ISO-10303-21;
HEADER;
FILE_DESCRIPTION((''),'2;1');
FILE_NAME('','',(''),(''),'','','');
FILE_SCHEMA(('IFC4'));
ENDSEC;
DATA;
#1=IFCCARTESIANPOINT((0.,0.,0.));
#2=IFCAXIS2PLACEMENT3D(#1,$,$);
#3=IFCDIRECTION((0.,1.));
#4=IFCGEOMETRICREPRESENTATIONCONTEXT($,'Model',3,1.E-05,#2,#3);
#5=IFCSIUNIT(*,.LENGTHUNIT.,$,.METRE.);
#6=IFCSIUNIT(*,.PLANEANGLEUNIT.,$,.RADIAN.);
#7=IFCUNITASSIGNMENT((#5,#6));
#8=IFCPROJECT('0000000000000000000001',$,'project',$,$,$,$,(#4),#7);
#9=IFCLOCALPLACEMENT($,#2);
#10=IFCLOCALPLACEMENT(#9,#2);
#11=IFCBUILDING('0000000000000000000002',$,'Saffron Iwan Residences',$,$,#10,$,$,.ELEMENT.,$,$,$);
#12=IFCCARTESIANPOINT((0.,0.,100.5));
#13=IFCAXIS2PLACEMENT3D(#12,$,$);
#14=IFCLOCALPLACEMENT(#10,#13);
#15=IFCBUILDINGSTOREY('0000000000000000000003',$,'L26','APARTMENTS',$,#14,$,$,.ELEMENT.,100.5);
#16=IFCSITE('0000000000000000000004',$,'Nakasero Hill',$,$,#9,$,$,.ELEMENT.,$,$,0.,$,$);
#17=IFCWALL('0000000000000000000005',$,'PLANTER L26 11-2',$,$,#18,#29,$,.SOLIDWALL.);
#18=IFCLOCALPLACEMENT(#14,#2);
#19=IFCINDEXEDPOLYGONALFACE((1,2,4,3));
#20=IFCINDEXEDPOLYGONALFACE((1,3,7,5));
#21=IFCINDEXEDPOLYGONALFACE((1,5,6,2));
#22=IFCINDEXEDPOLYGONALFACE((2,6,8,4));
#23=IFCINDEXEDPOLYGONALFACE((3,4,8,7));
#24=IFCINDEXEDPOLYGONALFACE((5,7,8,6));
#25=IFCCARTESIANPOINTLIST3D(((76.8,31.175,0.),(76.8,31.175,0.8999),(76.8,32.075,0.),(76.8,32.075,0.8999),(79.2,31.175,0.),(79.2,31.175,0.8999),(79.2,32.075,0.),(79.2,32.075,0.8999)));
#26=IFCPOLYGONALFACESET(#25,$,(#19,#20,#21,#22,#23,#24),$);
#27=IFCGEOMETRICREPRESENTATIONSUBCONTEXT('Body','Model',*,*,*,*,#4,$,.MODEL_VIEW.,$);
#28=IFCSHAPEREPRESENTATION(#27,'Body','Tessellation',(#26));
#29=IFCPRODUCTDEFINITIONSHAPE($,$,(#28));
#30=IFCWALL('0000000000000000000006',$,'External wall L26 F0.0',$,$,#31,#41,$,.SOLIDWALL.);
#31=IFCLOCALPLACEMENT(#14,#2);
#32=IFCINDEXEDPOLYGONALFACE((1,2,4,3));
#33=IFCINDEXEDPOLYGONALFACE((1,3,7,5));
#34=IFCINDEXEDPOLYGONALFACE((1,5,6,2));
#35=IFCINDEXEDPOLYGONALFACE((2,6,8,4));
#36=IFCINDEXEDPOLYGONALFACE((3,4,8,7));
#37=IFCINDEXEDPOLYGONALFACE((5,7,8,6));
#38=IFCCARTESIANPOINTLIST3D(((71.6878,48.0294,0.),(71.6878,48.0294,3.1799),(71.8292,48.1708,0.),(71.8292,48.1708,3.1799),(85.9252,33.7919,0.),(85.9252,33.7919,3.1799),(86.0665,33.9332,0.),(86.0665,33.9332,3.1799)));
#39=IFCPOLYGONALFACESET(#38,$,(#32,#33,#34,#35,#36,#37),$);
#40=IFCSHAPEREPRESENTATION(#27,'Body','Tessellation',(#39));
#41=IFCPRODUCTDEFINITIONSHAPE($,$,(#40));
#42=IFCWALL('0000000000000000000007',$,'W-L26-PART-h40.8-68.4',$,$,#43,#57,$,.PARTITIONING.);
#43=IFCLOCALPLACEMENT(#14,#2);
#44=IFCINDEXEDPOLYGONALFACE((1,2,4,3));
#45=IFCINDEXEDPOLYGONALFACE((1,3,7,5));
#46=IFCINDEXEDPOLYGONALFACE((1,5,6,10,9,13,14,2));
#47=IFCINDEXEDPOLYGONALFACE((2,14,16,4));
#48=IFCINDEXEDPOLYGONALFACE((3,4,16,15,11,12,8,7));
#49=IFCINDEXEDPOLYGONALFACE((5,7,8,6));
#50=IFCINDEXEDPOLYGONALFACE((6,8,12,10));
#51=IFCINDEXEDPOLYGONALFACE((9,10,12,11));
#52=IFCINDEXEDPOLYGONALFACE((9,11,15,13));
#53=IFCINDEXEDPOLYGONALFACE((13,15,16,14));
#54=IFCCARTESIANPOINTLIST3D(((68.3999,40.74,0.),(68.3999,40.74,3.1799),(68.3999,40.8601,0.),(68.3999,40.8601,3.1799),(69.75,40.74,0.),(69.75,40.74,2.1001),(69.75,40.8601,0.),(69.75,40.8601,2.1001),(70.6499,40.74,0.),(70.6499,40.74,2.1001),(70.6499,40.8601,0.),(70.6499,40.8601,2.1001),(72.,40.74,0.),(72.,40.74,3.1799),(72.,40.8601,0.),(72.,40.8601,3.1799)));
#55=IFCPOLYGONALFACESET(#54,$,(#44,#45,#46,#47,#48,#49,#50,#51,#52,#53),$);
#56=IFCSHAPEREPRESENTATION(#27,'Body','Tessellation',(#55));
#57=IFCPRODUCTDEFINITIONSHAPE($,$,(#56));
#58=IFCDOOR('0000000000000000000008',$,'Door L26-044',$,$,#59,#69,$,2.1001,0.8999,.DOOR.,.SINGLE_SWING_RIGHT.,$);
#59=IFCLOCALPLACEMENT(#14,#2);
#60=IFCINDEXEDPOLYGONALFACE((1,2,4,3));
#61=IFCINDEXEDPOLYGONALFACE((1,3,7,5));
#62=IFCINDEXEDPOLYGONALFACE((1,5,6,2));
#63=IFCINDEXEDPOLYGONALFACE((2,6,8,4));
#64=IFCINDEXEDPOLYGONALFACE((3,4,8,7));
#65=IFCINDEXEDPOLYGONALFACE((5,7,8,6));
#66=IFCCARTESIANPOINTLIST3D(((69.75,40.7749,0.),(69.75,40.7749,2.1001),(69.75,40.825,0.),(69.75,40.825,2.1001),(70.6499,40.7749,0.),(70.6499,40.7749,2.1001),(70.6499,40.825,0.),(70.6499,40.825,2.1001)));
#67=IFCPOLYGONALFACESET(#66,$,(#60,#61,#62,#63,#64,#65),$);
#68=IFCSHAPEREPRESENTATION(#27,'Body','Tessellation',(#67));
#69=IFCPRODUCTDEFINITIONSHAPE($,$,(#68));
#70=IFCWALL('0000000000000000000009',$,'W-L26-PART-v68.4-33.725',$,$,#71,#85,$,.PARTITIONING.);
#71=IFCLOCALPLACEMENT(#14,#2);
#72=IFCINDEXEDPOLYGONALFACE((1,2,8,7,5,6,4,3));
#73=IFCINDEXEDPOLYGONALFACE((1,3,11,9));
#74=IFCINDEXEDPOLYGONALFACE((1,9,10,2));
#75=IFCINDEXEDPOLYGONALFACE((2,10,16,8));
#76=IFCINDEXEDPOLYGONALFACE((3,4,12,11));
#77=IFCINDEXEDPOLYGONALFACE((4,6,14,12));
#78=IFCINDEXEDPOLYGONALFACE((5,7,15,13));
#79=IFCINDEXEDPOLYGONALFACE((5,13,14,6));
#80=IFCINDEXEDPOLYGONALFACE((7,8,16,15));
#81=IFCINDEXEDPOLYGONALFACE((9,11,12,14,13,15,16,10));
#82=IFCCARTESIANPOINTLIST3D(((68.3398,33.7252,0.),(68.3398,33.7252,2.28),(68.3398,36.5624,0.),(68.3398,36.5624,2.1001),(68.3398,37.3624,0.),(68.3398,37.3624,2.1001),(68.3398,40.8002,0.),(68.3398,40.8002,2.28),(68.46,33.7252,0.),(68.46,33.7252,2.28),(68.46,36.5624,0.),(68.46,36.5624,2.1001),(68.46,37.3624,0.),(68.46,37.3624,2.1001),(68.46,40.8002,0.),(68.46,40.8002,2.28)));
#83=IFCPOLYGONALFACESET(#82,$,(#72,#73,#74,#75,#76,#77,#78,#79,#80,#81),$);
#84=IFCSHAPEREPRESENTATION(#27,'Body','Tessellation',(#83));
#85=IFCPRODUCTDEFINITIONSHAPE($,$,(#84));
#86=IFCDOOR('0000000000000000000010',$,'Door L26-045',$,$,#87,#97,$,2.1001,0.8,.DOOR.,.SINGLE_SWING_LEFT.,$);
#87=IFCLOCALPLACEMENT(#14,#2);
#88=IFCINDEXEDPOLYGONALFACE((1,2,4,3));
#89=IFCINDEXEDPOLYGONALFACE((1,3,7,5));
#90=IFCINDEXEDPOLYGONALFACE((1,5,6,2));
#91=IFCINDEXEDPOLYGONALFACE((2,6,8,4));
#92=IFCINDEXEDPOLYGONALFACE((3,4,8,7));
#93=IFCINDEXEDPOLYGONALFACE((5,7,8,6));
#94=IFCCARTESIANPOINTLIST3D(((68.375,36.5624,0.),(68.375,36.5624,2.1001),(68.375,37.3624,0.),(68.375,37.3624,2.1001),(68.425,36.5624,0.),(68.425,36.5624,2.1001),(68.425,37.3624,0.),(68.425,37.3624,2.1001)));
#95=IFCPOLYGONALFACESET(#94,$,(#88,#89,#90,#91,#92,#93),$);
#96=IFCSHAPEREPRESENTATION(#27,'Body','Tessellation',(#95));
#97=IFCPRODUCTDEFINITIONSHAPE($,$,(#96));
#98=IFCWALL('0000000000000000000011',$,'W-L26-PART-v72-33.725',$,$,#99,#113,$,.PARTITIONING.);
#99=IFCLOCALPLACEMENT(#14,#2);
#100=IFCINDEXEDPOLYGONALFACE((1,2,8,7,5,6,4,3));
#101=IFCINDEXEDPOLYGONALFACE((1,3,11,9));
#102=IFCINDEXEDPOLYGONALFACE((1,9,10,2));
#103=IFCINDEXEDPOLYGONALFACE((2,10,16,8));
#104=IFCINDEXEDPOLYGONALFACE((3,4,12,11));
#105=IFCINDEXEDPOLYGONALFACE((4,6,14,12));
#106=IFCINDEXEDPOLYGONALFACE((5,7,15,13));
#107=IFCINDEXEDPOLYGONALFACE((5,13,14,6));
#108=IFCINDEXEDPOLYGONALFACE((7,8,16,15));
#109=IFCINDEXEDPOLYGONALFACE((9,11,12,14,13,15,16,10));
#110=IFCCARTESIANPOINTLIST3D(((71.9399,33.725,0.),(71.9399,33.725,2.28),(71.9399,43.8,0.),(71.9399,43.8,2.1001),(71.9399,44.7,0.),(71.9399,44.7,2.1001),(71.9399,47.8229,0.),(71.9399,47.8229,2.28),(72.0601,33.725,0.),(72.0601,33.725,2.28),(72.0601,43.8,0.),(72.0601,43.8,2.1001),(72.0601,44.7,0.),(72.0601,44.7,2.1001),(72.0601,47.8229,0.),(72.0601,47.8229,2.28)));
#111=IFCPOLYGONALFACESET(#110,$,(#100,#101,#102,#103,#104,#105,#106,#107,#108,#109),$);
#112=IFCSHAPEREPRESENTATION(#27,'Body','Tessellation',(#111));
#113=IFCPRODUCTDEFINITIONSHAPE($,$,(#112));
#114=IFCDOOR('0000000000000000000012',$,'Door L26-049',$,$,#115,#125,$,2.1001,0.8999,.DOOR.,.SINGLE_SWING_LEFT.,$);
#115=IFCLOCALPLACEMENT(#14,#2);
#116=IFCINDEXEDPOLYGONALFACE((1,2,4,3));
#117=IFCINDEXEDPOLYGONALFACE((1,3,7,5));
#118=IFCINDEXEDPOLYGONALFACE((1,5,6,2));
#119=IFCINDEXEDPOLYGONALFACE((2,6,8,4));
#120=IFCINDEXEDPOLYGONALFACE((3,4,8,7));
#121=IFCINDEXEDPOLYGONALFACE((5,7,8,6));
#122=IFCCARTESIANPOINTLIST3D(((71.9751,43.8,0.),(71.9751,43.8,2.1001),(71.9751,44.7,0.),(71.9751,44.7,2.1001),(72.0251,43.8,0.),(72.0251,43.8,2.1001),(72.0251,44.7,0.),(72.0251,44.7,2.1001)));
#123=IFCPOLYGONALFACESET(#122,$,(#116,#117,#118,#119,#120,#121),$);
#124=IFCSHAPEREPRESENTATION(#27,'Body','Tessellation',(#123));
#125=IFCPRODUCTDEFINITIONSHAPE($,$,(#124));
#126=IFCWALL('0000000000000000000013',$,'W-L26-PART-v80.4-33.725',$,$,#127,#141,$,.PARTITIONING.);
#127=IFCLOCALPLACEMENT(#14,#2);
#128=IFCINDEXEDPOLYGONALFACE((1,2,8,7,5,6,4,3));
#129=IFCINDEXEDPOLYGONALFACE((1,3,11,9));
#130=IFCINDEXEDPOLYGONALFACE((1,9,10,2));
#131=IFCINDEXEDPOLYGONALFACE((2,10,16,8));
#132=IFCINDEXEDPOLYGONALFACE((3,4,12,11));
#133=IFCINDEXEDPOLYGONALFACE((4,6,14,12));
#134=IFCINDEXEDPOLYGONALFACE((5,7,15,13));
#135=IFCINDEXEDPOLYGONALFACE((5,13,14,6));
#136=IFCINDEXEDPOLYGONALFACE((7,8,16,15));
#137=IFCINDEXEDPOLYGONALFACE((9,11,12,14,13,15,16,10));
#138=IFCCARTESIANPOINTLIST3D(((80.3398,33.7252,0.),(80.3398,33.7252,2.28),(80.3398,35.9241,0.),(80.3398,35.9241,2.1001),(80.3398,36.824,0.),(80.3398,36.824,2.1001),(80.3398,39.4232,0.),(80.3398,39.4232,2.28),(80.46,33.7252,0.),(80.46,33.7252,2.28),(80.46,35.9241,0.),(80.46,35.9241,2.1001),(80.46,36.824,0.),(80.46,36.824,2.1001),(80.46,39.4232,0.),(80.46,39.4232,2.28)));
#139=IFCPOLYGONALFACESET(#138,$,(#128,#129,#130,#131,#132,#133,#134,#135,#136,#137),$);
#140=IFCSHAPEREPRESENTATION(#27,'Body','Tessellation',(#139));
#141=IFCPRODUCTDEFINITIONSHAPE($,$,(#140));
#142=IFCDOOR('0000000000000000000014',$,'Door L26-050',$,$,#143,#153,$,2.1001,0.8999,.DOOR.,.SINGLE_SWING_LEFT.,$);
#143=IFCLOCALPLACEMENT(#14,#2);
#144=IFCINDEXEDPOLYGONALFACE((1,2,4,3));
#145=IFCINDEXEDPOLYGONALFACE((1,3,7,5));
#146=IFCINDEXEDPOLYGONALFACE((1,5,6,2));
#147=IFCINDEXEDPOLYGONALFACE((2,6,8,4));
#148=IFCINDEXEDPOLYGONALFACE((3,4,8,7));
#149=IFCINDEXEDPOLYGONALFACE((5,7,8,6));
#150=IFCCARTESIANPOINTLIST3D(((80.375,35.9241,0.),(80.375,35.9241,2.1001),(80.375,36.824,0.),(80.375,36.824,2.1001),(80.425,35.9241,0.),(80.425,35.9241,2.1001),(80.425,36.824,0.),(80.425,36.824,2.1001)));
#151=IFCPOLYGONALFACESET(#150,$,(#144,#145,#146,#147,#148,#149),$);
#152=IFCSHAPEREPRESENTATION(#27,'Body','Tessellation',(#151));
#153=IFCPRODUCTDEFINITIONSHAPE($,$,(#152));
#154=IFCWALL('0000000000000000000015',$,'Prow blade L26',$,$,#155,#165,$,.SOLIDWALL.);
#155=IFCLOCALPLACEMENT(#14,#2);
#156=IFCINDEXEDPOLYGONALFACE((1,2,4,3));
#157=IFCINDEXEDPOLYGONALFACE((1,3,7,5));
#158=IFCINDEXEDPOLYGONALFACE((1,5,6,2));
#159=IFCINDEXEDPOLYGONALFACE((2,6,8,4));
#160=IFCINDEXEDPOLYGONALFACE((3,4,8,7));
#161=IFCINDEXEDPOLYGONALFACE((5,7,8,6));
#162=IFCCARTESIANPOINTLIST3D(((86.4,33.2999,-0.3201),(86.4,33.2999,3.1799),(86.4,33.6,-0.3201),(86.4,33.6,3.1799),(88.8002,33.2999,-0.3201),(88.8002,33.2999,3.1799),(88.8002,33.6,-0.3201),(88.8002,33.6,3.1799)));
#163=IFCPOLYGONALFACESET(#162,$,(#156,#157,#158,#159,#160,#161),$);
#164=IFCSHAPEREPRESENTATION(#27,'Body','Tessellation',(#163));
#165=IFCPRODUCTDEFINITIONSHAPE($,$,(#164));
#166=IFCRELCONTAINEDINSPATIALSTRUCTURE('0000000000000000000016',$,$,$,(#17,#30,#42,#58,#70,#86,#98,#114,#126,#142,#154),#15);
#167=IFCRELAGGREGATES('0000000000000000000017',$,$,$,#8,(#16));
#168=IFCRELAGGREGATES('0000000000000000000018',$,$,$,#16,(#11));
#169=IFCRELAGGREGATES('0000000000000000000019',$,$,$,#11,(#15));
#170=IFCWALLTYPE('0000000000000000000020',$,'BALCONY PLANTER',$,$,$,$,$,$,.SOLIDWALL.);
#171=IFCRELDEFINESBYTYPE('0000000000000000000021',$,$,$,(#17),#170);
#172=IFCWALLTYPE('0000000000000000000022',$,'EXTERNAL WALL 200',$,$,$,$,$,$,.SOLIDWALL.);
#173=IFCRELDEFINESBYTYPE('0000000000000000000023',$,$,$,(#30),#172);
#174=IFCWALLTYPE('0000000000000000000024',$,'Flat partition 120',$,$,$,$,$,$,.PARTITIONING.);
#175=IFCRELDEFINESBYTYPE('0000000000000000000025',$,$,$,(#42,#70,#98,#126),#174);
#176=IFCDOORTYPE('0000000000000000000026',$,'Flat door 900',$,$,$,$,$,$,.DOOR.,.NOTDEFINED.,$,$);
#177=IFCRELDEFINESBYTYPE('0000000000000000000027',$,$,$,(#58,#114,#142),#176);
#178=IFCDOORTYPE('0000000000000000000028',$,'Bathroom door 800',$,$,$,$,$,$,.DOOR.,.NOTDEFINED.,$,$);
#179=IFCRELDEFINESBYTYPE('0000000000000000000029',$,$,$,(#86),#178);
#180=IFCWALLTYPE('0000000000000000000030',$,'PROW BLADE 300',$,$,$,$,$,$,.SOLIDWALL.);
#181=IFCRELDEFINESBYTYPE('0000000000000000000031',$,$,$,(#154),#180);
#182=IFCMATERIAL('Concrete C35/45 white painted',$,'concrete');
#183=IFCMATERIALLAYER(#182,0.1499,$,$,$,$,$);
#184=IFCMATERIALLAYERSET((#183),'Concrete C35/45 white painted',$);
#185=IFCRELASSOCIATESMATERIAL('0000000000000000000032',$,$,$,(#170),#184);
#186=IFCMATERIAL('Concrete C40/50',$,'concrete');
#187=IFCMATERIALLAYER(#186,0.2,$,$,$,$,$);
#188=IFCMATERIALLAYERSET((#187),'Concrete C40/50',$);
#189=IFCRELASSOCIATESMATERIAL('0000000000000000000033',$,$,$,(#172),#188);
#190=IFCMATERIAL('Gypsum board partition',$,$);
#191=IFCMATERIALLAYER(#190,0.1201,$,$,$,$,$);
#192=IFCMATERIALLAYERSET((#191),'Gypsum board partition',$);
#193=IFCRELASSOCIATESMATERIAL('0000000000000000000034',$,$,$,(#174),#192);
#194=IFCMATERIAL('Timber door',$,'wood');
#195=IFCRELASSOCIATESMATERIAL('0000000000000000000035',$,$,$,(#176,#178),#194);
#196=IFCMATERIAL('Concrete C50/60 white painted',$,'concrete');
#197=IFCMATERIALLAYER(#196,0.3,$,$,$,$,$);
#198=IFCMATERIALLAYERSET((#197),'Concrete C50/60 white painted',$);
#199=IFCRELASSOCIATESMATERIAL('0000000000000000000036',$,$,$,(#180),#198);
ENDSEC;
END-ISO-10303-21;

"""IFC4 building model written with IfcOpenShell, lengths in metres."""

from ifc_helpers import new_model, si_unit, direction, frame, frame_2d, origin, place, context, subcontext, project, spatial, rectangle, extrude, material, layer, layer_set, type_object, element, fill, save


model = new_model("IFC4")

# Units and contexts
model_context = context("Model", 3, precision=1e-05, world=origin(), true_north=direction((0.0, 1.0)))
body_context = subcontext(model_context, "Body", "Model", "MODEL_VIEW")
ifc_project = project(units=[si_unit("LENGTHUNIT", "METRE"), si_unit("PLANEANGLEUNIT", "RADIAN")], contexts=[model_context])

# Site, building, storey
site_placement = place(None, origin())
site = spatial("IfcSite", under=ifc_project, at=site_placement, Name="Nakasero Hill", CompositionType="ELEMENT", RefElevation=0.0)
building_placement = place(site_placement, origin())
building = spatial("IfcBuilding", under=site, at=building_placement, Name="Saffron Iwan Residences", CompositionType="ELEMENT")
storey_placement = place(building_placement, frame((0.0, 0.0, 100.5)))
storey = spatial("IfcBuildingStorey", under=building, at=storey_placement, Name="L26", Description="APARTMENTS", CompositionType="ELEMENT", Elevation=100.5)

# Shared definitions
ifc_material_1 = material(Name="Concrete C50/60 white painted", Category="concrete")

# Walls
ifc_material_2 = material(Name="Concrete C35/45 white painted", Category="concrete")
ifc_layer_1 = layer(ifc_material_2, 0.1499)
ifc_layer_set_1 = layer_set([ifc_layer_1], Name="Concrete C35/45 white painted")
wall_type_1 = type_object("IfcWallType", Name="BALCONY PLANTER", PredefinedType="SOLIDWALL", material=ifc_layer_set_1)
wall_1_placement = place(storey_placement, frame((76.8, 31.625, 0.0), z_axis=(0.0, 0.0, 1.0), x_axis=(1.0, 0.0, 0.0)))
element("IfcWall", 1, at=wall_1_placement, inside=storey, type_object=wall_type_1, Name="PLANTER L26 11-2", PredefinedType="SOLIDWALL", context=body_context, shape_type="SweptSolid", body=[
    extrude(rectangle(XDim=2.3999, YDim=0.8999, at=frame_2d((1.2, 0.0))), origin(), (0.0, 0.0, 1.0), 0.8999),
])
ifc_material_3 = material(Name="Concrete C40/50", Category="concrete")
ifc_layer_2 = layer(ifc_material_3, 0.2)
ifc_layer_set_2 = layer_set([ifc_layer_2], Name="Concrete C40/50")
wall_type_2 = type_object("IfcWallType", Name="EXTERNAL WALL 200", PredefinedType="SOLIDWALL", material=ifc_layer_set_2)
wall_2_placement = place(storey_placement, frame((85.9958, 33.8625, 0.0), z_axis=(0.0, 0.0, 1.0), x_axis=(-0.707101, 0.707113, 0.0)))
element("IfcWall", 2, at=wall_2_placement, inside=storey, type_object=wall_type_2, Name="External wall L26 F0.0", PredefinedType="SOLIDWALL", context=body_context, shape_type="SweptSolid", body=[
    extrude(rectangle(XDim=20.1348, YDim=0.2, at=frame_2d((10.0674, 0.0))), origin(), (0.0, 0.0, 1.0), 3.1799),
])

# Walls, openings, doors
ifc_material_4 = material(Name="Gypsum board partition")
ifc_layer_3 = layer(ifc_material_4, 0.1201)
ifc_layer_set_3 = layer_set([ifc_layer_3], Name="Gypsum board partition")
wall_type_3 = type_object("IfcWallType", Name="Flat partition 120", PredefinedType="PARTITIONING", material=ifc_layer_set_3)
wall_3_placement = place(storey_placement, frame((68.3999, 40.8, 0.0), z_axis=(0.0, 0.0, 1.0), x_axis=(1.0, 0.0, 0.0)))
wall_3 = element("IfcWall", 3, at=wall_3_placement, inside=storey, type_object=wall_type_3, Name="W-L26-PART-h40.8-68.4", PredefinedType="PARTITIONING", context=body_context, shape_type="SweptSolid", body=[
    extrude(rectangle(XDim=3.6001, YDim=0.1201, at=frame_2d((1.8, 0.0))), origin(), (0.0, 0.0, 1.0), 3.1799),
])
opening_1_placement = place(wall_3_placement, frame((1.3501, 0.0, 0.0)))
opening_1 = element("IfcOpeningElement", 4, at=opening_1_placement, cuts=wall_3, PredefinedType="OPENING", context=body_context, shape_type="SweptSolid", body=[
    extrude(rectangle(XDim=0.8999, YDim=2.1001, at=frame_2d((0.45, 1.05))), frame((0.0, 0.0701, 0.0), z_axis=(0.0, -1.0, 0.0), x_axis=(1.0, 0.0, 0.0)), (0.0, 0.0, 1.0), 0.1401),
])
ifc_material_5 = material(Name="Timber door", Category="wood")
door_type_1 = type_object("IfcDoorType", Name="Flat door 900", OperationType="NOTDEFINED", PredefinedType="DOOR", material=ifc_material_5)
door_1_placement = place(opening_1_placement, origin())
door_1 = element("IfcDoor", 5, at=door_1_placement, inside=storey, type_object=door_type_1, Name="Door L26-044", OperationType="SINGLE_SWING_RIGHT", OverallHeight=2.1001, OverallWidth=0.8999, PredefinedType="DOOR", context=body_context, shape_type="SweptSolid", body=[
    extrude(rectangle(XDim=0.8999, YDim=2.1001, at=frame_2d((0.45, 1.05))), frame((0.0, 0.0249, 0.0), z_axis=(0.0, -1.0, 0.0), x_axis=(1.0, 0.0, 0.0)), (0.0, 0.0, 1.0), 0.05),
])
fill(opening_1, door_1)
wall_4_placement = place(storey_placement, frame((68.3999, 33.7251, 0.0), z_axis=(0.0, 0.0, 1.0), x_axis=(0.0, 1.0, 0.0)))
wall_4 = element("IfcWall", 6, at=wall_4_placement, inside=storey, type_object=wall_type_3, Name="W-L26-PART-v68.4-33.725", PredefinedType="PARTITIONING", context=body_context, shape_type="SweptSolid", body=[
    extrude(rectangle(XDim=7.075, YDim=0.1201, at=frame_2d((3.5376, 0.0))), origin(), (0.0, 0.0, 1.0), 2.28),
])
opening_2_placement = place(wall_4_placement, frame((2.8374, 0.0, 0.0)))
opening_2 = element("IfcOpeningElement", 7, at=opening_2_placement, cuts=wall_4, PredefinedType="OPENING", context=body_context, shape_type="SweptSolid", body=[
    extrude(rectangle(XDim=0.8, YDim=2.1001, at=frame_2d((0.3999, 1.05))), frame((0.0, 0.0701, 0.0), z_axis=(0.0, -1.0, 0.0), x_axis=(1.0, 0.0, 0.0)), (0.0, 0.0, 1.0), 0.1401),
])
door_type_2 = type_object("IfcDoorType", Name="Bathroom door 800", OperationType="NOTDEFINED", PredefinedType="DOOR", material=ifc_material_5)
door_2_placement = place(opening_2_placement, origin())
door_2 = element("IfcDoor", 8, at=door_2_placement, inside=storey, type_object=door_type_2, Name="Door L26-045", OperationType="SINGLE_SWING_LEFT", OverallHeight=2.1001, OverallWidth=0.8, PredefinedType="DOOR", context=body_context, shape_type="SweptSolid", body=[
    extrude(rectangle(XDim=0.8, YDim=2.1001, at=frame_2d((0.3999, 1.05))), frame((0.0, 0.0249, 0.0), z_axis=(0.0, -1.0, 0.0), x_axis=(1.0, 0.0, 0.0)), (0.0, 0.0, 1.0), 0.05),
])
fill(opening_2, door_2)
wall_5_placement = place(storey_placement, frame((72.0, 33.7251, 0.0), z_axis=(0.0, 0.0, 1.0), x_axis=(0.0, 1.0, 0.0)))
wall_5 = element("IfcWall", 9, at=wall_5_placement, inside=storey, type_object=wall_type_3, Name="W-L26-PART-v72-33.725", PredefinedType="PARTITIONING", context=body_context, shape_type="SweptSolid", body=[
    extrude(rectangle(XDim=14.0979, YDim=0.1201, at=frame_2d((7.0488, 0.0))), origin(), (0.0, 0.0, 1.0), 2.28),
])
opening_3_placement = place(wall_5_placement, frame((10.075, 0.0, 0.0)))
opening_3 = element("IfcOpeningElement", 10, at=opening_3_placement, cuts=wall_5, PredefinedType="OPENING", context=body_context, shape_type="SweptSolid", body=[
    extrude(rectangle(XDim=0.8999, YDim=2.1001, at=frame_2d((0.45, 1.05))), frame((0.0, 0.0701, 0.0), z_axis=(0.0, -1.0, 0.0), x_axis=(1.0, 0.0, 0.0)), (0.0, 0.0, 1.0), 0.1401),
])
door_3_placement = place(opening_3_placement, origin())
door_3 = element("IfcDoor", 11, at=door_3_placement, inside=storey, type_object=door_type_1, Name="Door L26-049", OperationType="SINGLE_SWING_LEFT", OverallHeight=2.1001, OverallWidth=0.8999, PredefinedType="DOOR", context=body_context, shape_type="SweptSolid", body=[
    extrude(rectangle(XDim=0.8999, YDim=2.1001, at=frame_2d((0.45, 1.05))), frame((0.0, 0.0249, 0.0), z_axis=(0.0, -1.0, 0.0), x_axis=(1.0, 0.0, 0.0)), (0.0, 0.0, 1.0), 0.05),
])
fill(opening_3, door_3)
wall_6_placement = place(storey_placement, frame((80.3999, 33.7251, 0.0), z_axis=(0.0, 0.0, 1.0), x_axis=(0.0, 1.0, 0.0)))
wall_6 = element("IfcWall", 12, at=wall_6_placement, inside=storey, type_object=wall_type_3, Name="W-L26-PART-v80.4-33.725", PredefinedType="PARTITIONING", context=body_context, shape_type="SweptSolid", body=[
    extrude(rectangle(XDim=5.698, YDim=0.1201, at=frame_2d((2.8491, 0.0))), origin(), (0.0, 0.0, 1.0), 2.28),
])
opening_4_placement = place(wall_6_placement, frame((2.199, 0.0, 0.0)))
opening_4 = element("IfcOpeningElement", 13, at=opening_4_placement, cuts=wall_6, PredefinedType="OPENING", context=body_context, shape_type="SweptSolid", body=[
    extrude(rectangle(XDim=0.8999, YDim=2.1001, at=frame_2d((0.45, 1.05))), frame((0.0, 0.0701, 0.0), z_axis=(0.0, -1.0, 0.0), x_axis=(1.0, 0.0, 0.0)), (0.0, 0.0, 1.0), 0.1401),
])
door_4_placement = place(opening_4_placement, origin())
door_4 = element("IfcDoor", 14, at=door_4_placement, inside=storey, type_object=door_type_1, Name="Door L26-050", OperationType="SINGLE_SWING_LEFT", OverallHeight=2.1001, OverallWidth=0.8999, PredefinedType="DOOR", context=body_context, shape_type="SweptSolid", body=[
    extrude(rectangle(XDim=0.8999, YDim=2.1001, at=frame_2d((0.45, 1.05))), frame((0.0, 0.0249, 0.0), z_axis=(0.0, -1.0, 0.0), x_axis=(1.0, 0.0, 0.0)), (0.0, 0.0, 1.0), 0.05),
])
fill(opening_4, door_4)

# Wall
ifc_layer_4 = layer(ifc_material_1, 0.3)
ifc_layer_set_4 = layer_set([ifc_layer_4], Name="Concrete C50/60 white painted")
wall_type_4 = type_object("IfcWallType", Name="PROW BLADE 300", PredefinedType="SOLIDWALL", material=ifc_layer_set_4)
wall_7_placement = place(storey_placement, frame((86.3999, 33.45, -0.3201), z_axis=(0.0, 0.0, 1.0), x_axis=(1.0, 0.0, 0.0)))
element("IfcWall", 15, at=wall_7_placement, inside=storey, type_object=wall_type_4, Name="Prow blade L26", PredefinedType="SOLIDWALL", context=body_context, shape_type="SweptSolid", body=[
    extrude(rectangle(XDim=2.4001, YDim=0.3, at=frame_2d((1.2002, 0.0))), origin(), (0.0, 0.0, 1.0), 3.5),
])

save(model, "model.ifc")
